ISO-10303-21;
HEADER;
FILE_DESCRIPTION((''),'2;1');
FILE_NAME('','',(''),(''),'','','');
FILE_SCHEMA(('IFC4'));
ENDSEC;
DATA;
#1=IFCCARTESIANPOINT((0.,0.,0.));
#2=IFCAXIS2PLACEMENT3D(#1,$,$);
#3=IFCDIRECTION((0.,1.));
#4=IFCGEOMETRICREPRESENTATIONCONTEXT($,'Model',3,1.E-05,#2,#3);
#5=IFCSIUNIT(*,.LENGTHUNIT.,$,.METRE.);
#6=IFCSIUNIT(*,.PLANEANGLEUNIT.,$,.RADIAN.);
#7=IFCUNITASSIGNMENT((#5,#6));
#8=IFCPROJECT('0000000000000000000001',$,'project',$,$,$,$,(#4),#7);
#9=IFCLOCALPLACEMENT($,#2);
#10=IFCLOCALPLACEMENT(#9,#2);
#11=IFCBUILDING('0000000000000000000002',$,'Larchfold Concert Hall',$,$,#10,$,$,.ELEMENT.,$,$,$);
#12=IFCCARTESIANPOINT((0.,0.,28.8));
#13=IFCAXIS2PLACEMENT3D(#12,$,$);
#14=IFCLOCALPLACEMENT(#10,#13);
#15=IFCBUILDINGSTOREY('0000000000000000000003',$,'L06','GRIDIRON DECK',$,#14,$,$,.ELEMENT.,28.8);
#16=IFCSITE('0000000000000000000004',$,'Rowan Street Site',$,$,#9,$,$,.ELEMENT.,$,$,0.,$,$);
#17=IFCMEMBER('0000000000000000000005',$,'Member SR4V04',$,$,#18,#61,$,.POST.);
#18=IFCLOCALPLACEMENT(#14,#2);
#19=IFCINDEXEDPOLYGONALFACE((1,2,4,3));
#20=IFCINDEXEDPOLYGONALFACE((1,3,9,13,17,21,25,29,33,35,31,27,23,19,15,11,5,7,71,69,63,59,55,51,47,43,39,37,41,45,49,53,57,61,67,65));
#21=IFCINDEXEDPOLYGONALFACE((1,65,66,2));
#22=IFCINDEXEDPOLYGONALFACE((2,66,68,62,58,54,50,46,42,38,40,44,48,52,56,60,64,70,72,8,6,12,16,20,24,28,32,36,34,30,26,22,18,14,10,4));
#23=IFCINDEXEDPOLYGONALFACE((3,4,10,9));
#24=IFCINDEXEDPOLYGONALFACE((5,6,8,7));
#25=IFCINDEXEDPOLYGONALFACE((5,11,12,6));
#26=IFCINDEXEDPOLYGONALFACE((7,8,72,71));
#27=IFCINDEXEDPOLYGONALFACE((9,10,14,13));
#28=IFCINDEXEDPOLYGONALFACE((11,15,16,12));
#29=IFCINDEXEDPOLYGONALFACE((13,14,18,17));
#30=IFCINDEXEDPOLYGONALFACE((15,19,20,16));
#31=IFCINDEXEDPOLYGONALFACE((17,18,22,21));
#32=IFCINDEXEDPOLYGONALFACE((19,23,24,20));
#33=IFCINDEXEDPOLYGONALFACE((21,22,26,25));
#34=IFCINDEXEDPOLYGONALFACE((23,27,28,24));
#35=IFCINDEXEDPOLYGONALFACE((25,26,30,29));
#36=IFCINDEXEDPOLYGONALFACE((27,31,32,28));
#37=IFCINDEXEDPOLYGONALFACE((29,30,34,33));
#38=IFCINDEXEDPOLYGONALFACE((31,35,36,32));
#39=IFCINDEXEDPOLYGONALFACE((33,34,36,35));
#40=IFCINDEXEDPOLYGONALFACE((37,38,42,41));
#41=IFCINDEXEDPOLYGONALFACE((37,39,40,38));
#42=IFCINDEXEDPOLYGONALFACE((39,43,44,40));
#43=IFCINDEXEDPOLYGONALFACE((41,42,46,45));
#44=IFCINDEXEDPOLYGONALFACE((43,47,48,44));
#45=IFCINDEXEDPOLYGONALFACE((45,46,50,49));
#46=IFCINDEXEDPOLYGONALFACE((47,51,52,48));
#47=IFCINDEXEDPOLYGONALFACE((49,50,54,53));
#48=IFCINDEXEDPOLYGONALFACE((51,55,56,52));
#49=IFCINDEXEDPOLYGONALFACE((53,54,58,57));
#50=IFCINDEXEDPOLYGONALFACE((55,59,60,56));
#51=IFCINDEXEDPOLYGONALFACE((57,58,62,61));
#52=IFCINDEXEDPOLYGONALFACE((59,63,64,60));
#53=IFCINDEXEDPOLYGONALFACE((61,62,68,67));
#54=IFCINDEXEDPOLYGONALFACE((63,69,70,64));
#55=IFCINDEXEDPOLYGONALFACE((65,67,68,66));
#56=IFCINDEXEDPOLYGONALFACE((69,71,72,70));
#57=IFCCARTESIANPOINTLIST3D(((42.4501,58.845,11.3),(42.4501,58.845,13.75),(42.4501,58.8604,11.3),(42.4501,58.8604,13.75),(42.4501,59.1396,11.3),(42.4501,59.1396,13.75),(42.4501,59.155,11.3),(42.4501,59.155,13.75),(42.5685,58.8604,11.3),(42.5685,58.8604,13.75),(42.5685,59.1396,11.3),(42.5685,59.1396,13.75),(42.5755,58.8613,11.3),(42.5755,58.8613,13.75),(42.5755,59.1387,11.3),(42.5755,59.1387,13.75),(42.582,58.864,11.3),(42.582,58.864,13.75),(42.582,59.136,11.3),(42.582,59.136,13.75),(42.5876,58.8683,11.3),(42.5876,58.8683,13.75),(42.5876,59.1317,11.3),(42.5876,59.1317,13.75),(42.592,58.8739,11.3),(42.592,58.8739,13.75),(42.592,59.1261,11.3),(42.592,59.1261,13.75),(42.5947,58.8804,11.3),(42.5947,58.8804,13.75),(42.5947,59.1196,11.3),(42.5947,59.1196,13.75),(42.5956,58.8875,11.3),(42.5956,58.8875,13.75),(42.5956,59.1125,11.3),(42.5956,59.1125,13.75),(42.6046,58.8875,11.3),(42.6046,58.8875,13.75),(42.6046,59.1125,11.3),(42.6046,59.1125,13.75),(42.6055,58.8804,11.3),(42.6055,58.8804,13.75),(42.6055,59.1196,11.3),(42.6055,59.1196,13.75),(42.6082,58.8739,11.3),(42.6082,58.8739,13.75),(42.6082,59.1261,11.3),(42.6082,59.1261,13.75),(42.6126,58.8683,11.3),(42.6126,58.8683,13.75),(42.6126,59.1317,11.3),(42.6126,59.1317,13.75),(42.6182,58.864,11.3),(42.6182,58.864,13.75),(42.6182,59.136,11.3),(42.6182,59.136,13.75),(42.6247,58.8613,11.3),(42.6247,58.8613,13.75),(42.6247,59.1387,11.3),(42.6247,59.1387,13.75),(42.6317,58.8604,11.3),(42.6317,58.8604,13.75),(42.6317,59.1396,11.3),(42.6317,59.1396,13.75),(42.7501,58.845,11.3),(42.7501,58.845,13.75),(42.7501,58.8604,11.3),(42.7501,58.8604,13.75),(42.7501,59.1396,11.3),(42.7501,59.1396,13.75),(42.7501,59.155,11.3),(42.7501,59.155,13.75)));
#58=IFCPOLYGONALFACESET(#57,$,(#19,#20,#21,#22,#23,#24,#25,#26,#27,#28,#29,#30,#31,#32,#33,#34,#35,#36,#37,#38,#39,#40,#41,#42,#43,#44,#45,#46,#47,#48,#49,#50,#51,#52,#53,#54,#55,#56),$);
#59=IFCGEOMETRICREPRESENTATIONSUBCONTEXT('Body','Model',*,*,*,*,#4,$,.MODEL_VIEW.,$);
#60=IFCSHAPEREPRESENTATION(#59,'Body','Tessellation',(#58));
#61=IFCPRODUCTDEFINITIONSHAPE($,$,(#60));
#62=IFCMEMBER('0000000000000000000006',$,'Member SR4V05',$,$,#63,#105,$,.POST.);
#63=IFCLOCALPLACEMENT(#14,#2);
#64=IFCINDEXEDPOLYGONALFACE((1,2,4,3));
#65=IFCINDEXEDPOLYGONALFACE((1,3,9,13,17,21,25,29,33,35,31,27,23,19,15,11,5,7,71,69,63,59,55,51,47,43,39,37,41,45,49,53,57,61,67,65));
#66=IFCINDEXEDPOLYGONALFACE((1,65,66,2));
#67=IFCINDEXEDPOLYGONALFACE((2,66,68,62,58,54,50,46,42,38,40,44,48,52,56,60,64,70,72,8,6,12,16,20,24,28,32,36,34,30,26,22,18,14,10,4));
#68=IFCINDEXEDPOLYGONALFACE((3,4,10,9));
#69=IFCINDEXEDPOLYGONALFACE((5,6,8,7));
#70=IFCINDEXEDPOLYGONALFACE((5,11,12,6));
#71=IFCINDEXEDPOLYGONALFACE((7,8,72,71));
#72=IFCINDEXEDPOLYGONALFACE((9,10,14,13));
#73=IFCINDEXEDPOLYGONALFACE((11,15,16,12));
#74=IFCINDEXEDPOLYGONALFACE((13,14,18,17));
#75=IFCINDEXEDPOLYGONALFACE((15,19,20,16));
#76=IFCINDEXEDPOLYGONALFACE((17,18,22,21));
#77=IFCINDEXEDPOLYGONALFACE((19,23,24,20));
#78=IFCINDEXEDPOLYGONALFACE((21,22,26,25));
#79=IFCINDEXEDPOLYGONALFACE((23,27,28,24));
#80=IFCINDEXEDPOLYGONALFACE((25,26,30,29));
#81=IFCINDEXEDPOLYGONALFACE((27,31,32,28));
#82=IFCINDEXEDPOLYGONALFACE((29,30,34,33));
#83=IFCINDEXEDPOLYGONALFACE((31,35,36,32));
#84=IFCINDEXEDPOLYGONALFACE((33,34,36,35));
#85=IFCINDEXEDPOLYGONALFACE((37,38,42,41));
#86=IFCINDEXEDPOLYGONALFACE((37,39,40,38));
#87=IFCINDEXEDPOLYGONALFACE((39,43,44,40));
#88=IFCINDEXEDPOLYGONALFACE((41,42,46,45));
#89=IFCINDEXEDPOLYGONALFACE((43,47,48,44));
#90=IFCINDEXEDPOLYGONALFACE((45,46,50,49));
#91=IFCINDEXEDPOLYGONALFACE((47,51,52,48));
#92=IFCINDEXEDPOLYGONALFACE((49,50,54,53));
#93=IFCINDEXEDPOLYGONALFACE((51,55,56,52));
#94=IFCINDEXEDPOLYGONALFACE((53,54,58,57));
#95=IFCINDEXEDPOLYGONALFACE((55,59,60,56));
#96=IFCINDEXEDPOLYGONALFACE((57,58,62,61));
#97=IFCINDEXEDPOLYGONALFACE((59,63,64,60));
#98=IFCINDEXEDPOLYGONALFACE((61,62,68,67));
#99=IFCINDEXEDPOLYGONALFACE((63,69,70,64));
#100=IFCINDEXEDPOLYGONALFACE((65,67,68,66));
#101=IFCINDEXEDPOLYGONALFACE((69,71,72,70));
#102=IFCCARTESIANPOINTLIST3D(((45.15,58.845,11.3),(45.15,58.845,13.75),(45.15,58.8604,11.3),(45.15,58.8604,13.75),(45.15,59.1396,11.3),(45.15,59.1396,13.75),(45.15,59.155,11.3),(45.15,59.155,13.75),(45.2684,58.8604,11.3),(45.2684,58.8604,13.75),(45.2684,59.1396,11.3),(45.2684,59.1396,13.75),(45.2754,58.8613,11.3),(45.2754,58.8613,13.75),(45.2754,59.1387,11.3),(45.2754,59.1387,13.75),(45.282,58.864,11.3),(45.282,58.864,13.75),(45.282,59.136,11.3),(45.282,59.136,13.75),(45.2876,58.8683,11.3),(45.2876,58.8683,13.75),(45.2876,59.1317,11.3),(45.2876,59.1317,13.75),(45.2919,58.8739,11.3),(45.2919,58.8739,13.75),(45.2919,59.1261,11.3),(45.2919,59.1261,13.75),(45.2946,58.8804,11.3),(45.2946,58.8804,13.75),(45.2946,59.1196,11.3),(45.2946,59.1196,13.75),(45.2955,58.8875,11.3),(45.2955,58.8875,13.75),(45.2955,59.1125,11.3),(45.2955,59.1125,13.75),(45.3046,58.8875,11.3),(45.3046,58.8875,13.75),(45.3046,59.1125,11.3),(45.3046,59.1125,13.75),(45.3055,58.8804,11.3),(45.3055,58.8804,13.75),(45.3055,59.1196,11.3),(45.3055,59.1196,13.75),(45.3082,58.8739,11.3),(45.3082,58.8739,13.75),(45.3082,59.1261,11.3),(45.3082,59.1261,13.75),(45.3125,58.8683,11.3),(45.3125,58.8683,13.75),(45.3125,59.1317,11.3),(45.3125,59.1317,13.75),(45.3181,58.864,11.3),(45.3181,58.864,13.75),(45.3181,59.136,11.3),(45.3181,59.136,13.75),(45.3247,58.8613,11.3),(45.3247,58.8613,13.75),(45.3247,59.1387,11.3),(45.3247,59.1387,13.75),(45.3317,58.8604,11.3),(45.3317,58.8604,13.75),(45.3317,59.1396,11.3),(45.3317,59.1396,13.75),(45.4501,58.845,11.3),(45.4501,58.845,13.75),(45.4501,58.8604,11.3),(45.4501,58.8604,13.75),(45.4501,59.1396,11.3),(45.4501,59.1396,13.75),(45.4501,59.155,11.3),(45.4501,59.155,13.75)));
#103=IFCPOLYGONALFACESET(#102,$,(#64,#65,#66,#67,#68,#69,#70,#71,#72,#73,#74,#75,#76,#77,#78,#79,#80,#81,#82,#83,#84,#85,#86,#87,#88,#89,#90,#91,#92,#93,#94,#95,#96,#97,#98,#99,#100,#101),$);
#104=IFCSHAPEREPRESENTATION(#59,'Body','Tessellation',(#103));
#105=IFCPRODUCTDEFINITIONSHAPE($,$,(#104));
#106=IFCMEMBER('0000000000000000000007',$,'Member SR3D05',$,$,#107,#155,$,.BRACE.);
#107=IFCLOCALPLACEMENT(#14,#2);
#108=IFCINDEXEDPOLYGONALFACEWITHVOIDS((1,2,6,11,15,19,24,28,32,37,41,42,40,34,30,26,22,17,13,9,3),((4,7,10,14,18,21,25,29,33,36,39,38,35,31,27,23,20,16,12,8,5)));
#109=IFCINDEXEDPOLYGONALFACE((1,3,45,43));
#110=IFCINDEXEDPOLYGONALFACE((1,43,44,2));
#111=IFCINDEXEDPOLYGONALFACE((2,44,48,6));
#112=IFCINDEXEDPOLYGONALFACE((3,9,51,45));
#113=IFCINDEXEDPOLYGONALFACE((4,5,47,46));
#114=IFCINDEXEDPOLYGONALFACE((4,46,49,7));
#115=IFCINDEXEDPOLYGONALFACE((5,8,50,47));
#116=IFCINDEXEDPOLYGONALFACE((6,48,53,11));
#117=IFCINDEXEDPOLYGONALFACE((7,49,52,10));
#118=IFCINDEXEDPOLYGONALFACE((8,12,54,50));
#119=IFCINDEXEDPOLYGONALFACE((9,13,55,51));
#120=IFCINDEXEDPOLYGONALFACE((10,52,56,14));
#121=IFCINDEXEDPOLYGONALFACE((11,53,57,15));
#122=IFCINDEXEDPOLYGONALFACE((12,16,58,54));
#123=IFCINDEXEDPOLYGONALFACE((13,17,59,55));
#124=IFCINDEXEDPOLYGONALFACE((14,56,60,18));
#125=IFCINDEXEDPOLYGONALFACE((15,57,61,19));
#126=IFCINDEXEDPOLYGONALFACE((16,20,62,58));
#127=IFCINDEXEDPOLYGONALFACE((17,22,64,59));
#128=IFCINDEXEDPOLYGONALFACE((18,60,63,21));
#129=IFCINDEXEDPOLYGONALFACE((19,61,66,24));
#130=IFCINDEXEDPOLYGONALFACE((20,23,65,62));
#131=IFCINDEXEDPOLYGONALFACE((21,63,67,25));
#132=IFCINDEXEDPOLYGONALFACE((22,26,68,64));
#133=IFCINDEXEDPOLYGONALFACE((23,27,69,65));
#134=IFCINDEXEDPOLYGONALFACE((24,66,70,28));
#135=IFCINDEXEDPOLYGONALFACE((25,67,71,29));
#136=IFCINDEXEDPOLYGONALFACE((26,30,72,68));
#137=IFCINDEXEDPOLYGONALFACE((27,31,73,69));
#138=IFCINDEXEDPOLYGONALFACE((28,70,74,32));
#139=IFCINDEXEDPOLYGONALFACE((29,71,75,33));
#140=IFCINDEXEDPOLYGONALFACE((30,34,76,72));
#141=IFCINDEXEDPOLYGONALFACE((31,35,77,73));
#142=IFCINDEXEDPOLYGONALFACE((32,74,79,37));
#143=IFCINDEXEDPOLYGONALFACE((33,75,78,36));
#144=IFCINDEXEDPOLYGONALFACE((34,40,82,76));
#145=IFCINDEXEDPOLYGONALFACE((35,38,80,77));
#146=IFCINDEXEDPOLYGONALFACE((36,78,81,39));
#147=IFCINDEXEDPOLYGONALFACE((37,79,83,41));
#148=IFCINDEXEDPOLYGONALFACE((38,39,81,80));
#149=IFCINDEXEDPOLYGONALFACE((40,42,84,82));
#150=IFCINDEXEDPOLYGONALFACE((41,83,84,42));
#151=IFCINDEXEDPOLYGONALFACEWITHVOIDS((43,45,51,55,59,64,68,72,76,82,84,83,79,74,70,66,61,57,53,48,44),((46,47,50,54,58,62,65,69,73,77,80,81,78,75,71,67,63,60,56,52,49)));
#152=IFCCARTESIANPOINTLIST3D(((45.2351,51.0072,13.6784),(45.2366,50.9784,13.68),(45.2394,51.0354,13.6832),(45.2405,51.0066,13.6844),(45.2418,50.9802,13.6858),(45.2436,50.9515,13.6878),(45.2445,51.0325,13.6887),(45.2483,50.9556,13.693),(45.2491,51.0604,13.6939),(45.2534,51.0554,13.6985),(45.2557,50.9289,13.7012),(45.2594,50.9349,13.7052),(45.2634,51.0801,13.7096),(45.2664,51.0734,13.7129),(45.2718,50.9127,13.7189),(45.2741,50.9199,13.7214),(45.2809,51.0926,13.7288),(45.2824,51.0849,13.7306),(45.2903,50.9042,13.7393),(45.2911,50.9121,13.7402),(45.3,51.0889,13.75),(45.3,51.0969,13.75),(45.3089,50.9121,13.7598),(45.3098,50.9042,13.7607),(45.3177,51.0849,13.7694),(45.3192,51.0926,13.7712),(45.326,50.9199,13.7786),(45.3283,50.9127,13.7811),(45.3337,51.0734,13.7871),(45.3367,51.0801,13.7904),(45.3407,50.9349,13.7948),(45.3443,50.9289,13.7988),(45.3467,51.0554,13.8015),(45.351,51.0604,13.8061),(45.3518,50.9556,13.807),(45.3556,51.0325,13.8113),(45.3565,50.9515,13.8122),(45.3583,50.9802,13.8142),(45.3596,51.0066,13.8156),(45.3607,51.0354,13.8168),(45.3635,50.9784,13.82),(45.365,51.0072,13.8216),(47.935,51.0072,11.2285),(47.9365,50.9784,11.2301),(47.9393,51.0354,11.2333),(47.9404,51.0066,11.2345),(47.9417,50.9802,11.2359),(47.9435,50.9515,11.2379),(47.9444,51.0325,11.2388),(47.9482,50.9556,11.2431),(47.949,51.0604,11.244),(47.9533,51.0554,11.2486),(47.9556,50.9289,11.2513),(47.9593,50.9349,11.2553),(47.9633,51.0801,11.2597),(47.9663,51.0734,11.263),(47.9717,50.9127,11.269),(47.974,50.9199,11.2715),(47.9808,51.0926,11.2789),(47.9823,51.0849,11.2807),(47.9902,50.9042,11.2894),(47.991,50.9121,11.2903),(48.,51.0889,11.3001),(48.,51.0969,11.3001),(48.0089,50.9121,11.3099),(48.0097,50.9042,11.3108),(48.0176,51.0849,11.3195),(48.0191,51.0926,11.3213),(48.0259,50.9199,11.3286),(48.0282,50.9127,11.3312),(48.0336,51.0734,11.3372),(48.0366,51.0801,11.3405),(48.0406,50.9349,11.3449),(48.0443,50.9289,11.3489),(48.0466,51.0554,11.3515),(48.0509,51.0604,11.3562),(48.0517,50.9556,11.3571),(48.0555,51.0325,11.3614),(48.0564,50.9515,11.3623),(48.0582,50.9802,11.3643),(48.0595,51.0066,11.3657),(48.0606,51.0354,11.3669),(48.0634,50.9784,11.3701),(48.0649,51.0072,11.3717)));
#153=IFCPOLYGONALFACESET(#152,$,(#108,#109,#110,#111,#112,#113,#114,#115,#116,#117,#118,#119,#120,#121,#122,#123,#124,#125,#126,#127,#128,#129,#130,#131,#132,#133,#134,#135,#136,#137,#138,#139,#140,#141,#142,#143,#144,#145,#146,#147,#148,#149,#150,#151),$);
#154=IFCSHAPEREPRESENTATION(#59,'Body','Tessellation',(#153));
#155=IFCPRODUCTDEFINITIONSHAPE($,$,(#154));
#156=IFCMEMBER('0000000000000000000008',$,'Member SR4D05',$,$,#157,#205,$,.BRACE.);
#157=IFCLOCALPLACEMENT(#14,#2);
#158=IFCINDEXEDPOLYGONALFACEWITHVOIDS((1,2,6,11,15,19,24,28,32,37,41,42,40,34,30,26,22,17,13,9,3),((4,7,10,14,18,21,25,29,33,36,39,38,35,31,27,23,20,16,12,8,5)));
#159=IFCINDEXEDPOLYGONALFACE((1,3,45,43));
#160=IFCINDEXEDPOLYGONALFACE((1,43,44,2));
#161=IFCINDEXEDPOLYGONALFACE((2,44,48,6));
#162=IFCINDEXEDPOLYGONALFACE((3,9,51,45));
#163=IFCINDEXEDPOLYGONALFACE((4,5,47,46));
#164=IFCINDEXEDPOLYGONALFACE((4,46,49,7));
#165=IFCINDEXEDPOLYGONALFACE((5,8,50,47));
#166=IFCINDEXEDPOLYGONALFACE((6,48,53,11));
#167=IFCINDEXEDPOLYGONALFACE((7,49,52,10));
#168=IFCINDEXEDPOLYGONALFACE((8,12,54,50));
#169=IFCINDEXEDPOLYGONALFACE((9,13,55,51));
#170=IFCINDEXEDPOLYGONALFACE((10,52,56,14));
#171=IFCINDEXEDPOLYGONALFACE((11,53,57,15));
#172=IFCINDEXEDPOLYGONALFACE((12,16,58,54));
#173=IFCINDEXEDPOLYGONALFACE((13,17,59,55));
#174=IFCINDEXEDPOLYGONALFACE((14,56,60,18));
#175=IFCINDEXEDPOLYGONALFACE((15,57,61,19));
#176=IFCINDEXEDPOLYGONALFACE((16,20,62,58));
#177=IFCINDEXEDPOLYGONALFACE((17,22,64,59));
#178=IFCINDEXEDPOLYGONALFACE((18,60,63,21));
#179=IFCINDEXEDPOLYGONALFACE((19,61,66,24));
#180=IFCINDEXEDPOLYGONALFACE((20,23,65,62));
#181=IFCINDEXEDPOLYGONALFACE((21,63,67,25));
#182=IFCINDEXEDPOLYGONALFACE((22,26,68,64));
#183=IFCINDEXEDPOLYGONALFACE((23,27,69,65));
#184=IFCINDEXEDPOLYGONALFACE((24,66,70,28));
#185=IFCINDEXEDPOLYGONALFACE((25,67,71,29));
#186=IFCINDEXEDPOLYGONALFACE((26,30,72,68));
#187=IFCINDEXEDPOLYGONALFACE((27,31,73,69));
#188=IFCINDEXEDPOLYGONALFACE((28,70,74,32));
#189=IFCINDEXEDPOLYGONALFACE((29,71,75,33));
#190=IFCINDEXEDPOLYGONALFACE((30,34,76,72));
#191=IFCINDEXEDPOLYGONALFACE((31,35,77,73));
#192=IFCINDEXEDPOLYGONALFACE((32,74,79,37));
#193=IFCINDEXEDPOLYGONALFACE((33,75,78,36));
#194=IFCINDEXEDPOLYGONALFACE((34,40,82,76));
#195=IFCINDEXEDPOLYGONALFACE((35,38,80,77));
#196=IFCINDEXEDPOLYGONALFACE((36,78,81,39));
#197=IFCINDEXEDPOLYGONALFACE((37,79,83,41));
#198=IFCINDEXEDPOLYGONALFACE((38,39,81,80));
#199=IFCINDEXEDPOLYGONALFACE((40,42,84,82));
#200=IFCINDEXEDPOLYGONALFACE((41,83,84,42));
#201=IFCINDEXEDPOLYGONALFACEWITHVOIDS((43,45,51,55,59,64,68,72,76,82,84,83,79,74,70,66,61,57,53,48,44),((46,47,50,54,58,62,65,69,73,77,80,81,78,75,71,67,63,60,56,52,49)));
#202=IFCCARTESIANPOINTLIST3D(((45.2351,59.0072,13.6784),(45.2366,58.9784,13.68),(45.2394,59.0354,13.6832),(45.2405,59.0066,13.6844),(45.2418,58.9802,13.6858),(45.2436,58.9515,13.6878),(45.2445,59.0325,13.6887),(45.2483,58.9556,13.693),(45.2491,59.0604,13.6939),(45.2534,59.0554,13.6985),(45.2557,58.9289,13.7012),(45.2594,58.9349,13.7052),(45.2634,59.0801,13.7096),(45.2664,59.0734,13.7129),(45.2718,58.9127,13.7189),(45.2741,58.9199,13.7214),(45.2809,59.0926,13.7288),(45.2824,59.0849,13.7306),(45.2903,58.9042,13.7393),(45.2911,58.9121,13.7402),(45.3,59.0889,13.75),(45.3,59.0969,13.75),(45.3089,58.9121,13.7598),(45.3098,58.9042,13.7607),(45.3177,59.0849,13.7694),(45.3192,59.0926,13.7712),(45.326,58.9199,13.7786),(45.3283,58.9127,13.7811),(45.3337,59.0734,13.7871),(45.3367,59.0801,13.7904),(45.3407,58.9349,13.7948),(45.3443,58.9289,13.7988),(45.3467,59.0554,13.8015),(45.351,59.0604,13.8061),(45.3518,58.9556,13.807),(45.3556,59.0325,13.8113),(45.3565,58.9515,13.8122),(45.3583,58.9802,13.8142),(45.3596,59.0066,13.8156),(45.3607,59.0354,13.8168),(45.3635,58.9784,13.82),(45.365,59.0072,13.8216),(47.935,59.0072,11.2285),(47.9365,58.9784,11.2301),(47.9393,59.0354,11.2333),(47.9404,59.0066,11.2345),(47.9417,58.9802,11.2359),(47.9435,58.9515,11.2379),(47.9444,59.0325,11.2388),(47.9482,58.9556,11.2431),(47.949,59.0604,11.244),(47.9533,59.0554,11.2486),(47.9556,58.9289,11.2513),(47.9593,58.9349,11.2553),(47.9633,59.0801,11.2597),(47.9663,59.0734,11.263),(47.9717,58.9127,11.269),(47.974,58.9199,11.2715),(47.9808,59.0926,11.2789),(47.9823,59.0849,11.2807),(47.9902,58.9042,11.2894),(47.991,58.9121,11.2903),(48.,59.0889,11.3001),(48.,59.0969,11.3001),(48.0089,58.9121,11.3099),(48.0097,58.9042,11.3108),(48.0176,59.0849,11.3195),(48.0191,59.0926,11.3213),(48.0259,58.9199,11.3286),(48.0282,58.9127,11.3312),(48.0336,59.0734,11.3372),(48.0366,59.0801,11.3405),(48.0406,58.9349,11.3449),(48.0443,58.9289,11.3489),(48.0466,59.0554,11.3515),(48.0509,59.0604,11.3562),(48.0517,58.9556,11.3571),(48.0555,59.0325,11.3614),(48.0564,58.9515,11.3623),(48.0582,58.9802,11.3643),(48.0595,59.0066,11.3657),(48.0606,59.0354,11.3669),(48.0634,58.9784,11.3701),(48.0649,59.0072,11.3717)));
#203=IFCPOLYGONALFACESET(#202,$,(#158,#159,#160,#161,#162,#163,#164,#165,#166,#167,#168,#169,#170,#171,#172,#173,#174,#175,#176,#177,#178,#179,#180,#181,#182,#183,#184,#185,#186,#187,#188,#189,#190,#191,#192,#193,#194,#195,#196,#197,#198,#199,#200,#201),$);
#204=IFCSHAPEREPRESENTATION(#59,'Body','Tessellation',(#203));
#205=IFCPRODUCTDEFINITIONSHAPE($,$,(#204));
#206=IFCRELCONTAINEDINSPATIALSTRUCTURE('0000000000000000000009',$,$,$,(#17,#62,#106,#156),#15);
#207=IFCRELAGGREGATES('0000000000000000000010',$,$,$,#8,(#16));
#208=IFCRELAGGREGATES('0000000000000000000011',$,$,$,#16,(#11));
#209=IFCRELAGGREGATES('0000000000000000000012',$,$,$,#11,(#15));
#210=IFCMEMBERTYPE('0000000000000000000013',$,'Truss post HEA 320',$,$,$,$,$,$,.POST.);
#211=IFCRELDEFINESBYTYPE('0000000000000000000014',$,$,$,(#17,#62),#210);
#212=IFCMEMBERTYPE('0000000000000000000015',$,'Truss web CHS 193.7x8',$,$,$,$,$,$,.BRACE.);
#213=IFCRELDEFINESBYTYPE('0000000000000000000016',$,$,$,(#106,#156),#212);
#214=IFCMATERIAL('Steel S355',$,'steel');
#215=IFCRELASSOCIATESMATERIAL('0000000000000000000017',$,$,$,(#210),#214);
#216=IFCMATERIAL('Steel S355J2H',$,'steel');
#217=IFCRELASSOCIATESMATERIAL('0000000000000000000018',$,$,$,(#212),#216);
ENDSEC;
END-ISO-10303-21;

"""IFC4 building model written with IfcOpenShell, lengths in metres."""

from ifc_helpers import new_model, si_unit, direction, frame, origin, origin_2d, place, context, subcontext, project, spatial, hollow_circle, i_section, extrude, material, material_profile, profile_set, type_object, element, save


model = new_model("IFC4")

# Units and contexts
model_context = context("Model", 3, precision=1e-05, world=origin(), true_north=direction((0.0, 1.0)))
body_context = subcontext(model_context, "Body", "Model", "MODEL_VIEW")
ifc_project = project(units=[si_unit("LENGTHUNIT", "METRE"), si_unit("PLANEANGLEUNIT", "RADIAN")], contexts=[model_context])

# Site, building, storey
site_placement = place(None, origin())
site = spatial("IfcSite", under=ifc_project, at=site_placement, Name="Rowan Street Site", CompositionType="ELEMENT", RefElevation=0.0)
building_placement = place(site_placement, origin())
building = spatial("IfcBuilding", under=site, at=building_placement, Name="Larchfold Concert Hall", CompositionType="ELEMENT")
storey_placement = place(building_placement, frame((0.0, 0.0, 28.8)))
storey = spatial("IfcBuildingStorey", under=building, at=storey_placement, Name="L06", Description="GRIDIRON DECK", CompositionType="ELEMENT", Elevation=28.8)

# Members
ifc_material_1 = material(Name="Steel S355", Category="steel")
ifc_material_profile_1 = material_profile(ifc_material_1, i_section(OverallWidth=0.3, OverallDepth=0.3101, WebThickness=0.009, FlangeThickness=0.0154, FilletRadius=0.0271, at=origin_2d()))
ifc_profile_set_1 = profile_set([ifc_material_profile_1], Name="Steel S355")
member_type_1 = type_object("IfcMemberType", Name="Truss post HEA 320", PredefinedType="POST", material=ifc_profile_set_1)
for number, where, z_axis, x_axis, name in (
    (1, (42.6001, 59.0, 11.3), (0.0, 0.0, 1.0), (1.0, 0.0, 0.0), "Member SR4V04"),
    (2, (45.3, 59.0, 11.3), (0.0, 0.0, 1.0), (1.0, 0.0, 0.0), "Member SR4V05"),
):
    element("IfcMember", number, at=place(storey_placement, frame(where, z_axis=z_axis, x_axis=x_axis)), inside=storey, type_object=member_type_1, Name=name, PredefinedType="POST", context=body_context, shape_type="SweptSolid", body=[
        extrude(i_section(OverallWidth=0.3, OverallDepth=0.3101, WebThickness=0.009, FlangeThickness=0.0154, FilletRadius=0.0271, at=origin_2d()), origin(), (0.0, 0.0, 1.0), 2.45),
    ])
ifc_material_2 = material(Name="Steel S355J2H", Category="steel")
ifc_material_profile_2 = material_profile(ifc_material_2, hollow_circle(Radius=0.0969, WallThickness=0.0081, at=origin_2d()))
ifc_profile_set_2 = profile_set([ifc_material_profile_2], Name="Steel S355J2H")
member_type_2 = type_object("IfcMemberType", Name="Truss web CHS 193.7x8", PredefinedType="BRACE", material=ifc_profile_set_2)
for number, where, z_axis, x_axis, name in (
    (3, (45.3, 51.0, 13.75), (0.740561, 0.0, -0.671989), (0.0, 1.0, 0.0), "Member SR3D05"),
    (4, (45.3, 59.0, 13.75), (0.740561, 0.0, -0.671989), (0.0, 1.0, 0.0), "Member SR4D05"),
):
    element("IfcMember", number, at=place(storey_placement, frame(where, z_axis=z_axis, x_axis=x_axis)), inside=storey, type_object=member_type_2, Name=name, PredefinedType="BRACE", context=body_context, shape_type="SweptSolid", body=[
        extrude(hollow_circle(Radius=0.0969, WallThickness=0.0081, at=origin_2d()), origin(), (0.0, 0.0, 1.0), 3.6458),
    ])

save(model, "model.ifc")
